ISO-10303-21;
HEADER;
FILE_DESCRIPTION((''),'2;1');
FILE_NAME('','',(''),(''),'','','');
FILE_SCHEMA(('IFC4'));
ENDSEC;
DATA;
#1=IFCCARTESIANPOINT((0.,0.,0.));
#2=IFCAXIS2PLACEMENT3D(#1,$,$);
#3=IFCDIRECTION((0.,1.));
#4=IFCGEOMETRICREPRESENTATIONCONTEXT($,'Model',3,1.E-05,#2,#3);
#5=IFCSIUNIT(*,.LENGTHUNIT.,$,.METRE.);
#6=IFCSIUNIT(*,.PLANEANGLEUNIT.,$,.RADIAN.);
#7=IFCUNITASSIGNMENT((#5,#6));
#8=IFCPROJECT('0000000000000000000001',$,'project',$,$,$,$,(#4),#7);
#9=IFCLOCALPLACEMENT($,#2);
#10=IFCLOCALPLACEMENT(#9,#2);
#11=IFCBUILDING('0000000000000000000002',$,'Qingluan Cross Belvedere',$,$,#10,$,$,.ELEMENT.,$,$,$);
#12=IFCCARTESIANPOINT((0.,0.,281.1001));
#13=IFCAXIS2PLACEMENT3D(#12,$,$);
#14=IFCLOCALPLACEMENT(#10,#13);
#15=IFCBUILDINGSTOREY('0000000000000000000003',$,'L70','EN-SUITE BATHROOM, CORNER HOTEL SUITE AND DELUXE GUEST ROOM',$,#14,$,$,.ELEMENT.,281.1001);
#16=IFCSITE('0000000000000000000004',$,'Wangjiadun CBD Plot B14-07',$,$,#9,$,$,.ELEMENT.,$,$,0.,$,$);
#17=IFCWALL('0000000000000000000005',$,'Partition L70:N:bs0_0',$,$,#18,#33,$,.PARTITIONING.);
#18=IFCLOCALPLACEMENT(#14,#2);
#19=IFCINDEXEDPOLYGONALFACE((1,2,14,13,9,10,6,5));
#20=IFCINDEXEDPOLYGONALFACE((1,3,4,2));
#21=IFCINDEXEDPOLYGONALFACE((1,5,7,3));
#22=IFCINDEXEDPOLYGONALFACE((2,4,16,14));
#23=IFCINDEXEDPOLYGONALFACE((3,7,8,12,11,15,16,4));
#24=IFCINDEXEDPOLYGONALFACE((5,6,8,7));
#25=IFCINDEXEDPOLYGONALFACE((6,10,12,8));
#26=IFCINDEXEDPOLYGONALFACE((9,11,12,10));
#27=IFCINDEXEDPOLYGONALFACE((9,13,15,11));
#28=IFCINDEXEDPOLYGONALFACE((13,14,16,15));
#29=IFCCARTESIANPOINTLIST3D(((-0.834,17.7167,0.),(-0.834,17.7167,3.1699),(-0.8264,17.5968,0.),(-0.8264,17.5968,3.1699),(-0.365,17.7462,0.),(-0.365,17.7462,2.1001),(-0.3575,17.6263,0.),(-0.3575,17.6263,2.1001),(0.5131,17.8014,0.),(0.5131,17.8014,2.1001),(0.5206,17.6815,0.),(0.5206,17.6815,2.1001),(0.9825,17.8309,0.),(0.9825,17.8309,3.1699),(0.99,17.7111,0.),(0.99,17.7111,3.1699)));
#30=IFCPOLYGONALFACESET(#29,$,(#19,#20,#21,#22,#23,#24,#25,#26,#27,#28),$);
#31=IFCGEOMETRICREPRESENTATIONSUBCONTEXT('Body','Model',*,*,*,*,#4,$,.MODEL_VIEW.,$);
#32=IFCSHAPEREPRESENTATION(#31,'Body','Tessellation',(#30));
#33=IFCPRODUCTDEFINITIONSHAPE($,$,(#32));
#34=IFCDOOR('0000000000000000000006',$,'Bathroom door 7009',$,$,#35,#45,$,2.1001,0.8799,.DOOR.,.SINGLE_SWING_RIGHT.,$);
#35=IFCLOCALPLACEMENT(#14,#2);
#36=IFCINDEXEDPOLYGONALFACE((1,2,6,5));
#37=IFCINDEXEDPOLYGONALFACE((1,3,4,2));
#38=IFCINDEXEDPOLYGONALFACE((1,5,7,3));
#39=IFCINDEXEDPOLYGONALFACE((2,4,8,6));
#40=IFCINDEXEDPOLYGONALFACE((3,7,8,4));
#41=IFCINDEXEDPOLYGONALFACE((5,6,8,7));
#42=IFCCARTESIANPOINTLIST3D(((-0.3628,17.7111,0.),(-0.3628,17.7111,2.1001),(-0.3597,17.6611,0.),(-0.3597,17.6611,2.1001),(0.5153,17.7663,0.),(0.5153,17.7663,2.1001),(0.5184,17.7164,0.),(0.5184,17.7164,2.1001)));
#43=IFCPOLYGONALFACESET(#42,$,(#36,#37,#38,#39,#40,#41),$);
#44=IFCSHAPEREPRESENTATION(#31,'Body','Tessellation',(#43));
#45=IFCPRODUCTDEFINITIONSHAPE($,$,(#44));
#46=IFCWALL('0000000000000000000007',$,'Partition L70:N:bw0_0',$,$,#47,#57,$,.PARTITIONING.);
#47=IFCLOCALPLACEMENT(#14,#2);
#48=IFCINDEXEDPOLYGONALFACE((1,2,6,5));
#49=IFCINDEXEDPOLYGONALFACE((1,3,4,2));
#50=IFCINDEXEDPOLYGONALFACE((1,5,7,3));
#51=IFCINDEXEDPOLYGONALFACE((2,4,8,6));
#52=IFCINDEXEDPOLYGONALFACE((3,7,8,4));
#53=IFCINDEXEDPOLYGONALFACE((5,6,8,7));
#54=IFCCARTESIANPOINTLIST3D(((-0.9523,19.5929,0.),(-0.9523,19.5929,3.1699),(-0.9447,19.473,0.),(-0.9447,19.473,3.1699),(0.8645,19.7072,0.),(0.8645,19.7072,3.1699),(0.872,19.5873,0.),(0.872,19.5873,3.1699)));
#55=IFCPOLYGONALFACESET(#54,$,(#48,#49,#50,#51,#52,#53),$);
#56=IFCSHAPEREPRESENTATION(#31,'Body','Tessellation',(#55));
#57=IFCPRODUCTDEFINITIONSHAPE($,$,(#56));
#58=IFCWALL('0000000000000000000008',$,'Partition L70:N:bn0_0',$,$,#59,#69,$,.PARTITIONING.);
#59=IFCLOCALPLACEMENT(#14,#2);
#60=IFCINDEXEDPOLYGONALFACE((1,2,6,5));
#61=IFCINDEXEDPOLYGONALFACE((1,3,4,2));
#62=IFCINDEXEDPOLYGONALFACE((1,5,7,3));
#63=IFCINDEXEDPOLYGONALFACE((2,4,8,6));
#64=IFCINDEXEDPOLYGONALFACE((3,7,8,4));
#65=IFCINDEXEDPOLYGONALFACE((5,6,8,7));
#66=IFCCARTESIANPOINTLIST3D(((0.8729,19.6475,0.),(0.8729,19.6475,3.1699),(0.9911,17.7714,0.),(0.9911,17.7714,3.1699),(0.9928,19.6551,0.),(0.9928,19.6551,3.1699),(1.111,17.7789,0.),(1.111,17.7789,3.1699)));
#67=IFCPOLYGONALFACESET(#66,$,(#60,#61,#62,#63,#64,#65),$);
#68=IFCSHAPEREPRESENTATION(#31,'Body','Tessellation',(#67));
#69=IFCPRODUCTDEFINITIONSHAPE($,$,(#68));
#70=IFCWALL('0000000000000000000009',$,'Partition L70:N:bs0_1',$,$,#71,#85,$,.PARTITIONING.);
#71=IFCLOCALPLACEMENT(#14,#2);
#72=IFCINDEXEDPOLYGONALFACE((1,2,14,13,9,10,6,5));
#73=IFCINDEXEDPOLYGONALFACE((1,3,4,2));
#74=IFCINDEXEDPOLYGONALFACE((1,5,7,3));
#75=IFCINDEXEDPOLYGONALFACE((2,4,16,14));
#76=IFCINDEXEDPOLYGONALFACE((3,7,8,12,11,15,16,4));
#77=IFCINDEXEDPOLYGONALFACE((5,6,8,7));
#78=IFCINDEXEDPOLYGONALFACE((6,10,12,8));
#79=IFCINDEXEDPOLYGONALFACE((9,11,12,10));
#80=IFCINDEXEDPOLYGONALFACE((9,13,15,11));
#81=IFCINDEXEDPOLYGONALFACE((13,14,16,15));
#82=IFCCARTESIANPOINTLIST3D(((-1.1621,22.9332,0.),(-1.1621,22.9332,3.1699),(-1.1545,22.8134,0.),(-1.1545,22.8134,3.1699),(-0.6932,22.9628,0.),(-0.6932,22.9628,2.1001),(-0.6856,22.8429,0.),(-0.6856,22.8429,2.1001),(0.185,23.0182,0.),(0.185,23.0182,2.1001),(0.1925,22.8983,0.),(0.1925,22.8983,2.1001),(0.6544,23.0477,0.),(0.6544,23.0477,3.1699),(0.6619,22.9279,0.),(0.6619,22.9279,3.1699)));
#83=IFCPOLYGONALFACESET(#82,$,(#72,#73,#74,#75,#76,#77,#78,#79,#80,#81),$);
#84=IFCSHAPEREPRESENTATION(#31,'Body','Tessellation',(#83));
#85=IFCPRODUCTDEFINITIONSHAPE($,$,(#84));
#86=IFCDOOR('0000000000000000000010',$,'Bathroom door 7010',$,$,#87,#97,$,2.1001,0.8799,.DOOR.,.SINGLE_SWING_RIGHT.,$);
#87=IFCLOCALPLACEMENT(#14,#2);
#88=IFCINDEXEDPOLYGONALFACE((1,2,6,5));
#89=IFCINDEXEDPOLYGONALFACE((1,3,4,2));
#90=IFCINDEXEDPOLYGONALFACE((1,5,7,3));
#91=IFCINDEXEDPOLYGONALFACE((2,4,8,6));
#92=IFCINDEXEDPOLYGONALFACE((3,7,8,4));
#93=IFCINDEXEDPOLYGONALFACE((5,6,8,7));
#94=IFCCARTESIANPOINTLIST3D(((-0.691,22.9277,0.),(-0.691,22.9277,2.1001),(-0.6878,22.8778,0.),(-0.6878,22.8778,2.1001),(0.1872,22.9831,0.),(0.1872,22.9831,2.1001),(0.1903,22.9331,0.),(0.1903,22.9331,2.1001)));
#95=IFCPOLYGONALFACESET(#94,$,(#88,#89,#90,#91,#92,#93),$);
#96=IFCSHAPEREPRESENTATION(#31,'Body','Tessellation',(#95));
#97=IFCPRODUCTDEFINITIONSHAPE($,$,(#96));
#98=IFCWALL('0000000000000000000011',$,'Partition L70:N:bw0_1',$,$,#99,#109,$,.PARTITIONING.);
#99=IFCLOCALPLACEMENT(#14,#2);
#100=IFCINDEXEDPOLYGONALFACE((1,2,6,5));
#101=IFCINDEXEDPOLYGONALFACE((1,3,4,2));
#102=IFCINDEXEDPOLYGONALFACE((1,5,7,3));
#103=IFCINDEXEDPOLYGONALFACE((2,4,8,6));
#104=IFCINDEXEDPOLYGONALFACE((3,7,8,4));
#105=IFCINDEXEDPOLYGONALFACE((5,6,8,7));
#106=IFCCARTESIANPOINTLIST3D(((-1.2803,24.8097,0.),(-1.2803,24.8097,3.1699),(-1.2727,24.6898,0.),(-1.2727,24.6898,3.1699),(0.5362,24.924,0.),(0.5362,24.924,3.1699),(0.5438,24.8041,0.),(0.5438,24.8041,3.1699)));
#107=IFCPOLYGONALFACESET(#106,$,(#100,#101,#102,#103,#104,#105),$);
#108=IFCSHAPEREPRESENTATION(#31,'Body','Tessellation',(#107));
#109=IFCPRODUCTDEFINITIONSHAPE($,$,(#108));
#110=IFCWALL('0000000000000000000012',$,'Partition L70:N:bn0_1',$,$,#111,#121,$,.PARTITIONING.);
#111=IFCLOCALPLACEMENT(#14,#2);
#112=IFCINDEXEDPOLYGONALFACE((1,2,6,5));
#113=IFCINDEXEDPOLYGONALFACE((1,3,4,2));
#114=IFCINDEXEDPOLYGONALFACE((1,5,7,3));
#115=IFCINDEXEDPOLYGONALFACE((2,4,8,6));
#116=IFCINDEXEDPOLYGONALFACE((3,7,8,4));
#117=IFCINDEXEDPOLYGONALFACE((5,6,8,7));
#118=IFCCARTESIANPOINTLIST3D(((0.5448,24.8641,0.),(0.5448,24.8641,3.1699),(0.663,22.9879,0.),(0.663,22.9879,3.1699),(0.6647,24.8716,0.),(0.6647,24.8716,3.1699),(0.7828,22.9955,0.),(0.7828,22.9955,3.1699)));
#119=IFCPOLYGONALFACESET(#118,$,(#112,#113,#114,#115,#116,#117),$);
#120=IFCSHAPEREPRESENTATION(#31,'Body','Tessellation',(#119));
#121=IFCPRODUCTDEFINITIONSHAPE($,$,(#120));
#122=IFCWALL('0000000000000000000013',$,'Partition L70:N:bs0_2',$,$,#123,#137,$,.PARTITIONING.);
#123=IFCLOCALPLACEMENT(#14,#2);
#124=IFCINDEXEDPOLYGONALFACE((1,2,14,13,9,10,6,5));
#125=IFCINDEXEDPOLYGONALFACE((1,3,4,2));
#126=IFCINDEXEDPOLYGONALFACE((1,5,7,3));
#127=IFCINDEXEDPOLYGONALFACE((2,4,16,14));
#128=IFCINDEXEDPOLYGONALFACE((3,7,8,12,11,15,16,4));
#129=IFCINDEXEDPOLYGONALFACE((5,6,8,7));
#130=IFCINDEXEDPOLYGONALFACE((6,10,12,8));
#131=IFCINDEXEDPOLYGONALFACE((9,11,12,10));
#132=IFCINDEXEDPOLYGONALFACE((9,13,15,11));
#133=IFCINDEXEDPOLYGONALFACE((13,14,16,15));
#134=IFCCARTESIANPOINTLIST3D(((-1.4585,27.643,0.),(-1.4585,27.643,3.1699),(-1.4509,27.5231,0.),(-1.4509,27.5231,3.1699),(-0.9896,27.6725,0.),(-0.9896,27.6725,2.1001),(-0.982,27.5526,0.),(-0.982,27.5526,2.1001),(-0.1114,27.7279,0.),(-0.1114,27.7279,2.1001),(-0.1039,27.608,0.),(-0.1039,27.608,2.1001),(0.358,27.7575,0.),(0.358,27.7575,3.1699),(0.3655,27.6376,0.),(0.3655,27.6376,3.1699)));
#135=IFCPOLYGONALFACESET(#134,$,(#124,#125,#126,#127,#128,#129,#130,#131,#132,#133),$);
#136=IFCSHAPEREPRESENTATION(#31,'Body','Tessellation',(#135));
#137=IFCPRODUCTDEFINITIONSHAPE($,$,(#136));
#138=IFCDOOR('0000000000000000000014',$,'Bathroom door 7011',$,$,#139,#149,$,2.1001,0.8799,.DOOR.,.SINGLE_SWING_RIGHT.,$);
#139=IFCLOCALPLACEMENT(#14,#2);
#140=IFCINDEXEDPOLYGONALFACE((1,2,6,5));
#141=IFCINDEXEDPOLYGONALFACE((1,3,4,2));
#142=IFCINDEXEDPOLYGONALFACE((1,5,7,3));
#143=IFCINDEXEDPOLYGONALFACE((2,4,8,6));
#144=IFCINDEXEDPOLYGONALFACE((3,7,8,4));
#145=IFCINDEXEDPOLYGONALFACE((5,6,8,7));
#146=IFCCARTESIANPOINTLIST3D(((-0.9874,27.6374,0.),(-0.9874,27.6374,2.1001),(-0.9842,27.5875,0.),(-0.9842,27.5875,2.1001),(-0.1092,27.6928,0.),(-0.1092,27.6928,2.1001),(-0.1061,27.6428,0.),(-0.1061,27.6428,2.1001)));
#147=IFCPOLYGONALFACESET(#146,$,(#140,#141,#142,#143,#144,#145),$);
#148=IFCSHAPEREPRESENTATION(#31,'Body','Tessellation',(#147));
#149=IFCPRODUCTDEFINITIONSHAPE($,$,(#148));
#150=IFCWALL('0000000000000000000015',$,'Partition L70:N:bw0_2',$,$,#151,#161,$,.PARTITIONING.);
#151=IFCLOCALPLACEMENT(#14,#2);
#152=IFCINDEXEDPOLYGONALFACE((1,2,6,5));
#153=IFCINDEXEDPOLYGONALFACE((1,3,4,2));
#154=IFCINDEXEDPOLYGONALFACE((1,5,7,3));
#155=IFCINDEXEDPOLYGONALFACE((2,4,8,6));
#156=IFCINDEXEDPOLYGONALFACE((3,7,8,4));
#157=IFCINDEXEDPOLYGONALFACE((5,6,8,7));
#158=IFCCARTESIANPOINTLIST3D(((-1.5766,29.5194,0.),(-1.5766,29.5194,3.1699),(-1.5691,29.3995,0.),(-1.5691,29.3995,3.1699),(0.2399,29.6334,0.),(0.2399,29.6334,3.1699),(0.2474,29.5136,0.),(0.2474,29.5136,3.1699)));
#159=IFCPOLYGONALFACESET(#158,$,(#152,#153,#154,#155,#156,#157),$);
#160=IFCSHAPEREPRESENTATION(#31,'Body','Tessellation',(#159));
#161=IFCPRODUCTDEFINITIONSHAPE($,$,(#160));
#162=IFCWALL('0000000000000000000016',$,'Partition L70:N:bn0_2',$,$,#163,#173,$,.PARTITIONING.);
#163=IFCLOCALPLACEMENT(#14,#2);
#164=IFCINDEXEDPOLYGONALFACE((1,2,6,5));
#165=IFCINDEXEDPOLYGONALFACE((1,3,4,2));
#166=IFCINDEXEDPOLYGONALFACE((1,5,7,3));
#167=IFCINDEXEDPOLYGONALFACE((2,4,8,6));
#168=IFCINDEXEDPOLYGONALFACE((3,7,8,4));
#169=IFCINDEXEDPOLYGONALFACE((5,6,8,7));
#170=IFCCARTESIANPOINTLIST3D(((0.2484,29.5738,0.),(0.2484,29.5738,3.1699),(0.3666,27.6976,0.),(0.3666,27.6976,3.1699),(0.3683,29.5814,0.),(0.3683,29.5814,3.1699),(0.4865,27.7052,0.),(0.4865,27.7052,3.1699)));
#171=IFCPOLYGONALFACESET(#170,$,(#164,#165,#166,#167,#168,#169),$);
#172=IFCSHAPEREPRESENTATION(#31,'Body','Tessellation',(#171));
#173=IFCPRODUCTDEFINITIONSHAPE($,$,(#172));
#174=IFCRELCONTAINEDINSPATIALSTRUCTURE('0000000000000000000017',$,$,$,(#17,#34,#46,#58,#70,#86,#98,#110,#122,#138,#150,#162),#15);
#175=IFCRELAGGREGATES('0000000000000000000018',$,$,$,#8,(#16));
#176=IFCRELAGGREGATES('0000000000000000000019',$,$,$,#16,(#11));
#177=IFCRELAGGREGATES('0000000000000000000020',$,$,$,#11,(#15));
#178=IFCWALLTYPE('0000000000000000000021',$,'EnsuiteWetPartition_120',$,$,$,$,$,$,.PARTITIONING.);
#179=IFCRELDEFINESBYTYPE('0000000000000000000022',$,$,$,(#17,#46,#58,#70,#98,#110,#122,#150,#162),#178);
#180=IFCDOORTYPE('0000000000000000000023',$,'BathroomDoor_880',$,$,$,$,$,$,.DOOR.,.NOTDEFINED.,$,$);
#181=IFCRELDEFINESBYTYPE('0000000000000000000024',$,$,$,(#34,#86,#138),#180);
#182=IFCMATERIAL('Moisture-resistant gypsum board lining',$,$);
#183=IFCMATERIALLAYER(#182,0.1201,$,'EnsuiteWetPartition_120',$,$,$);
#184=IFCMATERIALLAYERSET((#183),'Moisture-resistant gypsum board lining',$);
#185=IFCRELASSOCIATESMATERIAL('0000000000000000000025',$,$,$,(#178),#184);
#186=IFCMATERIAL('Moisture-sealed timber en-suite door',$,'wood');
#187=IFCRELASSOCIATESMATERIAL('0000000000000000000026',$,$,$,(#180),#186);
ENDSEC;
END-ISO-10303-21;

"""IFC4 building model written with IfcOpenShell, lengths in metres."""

from ifc_helpers import new_model, si_unit, direction, frame, frame_2d, origin, place, context, subcontext, project, spatial, rectangle, extrude, material, layer, layer_set, type_object, element, fill, save


model = new_model("IFC4")

# Units and contexts
model_context = context("Model", 3, precision=1e-05, world=origin(), true_north=direction((0.0, 1.0)))
body_context = subcontext(model_context, "Body", "Model", "MODEL_VIEW")
ifc_project = project(units=[si_unit("LENGTHUNIT", "METRE"), si_unit("PLANEANGLEUNIT", "RADIAN")], contexts=[model_context])

# Site, building, storey
site_placement = place(None, origin())
site = spatial("IfcSite", under=ifc_project, at=site_placement, Name="Wangjiadun CBD Plot B14-07", CompositionType="ELEMENT", RefElevation=0.0)
building_placement = place(site_placement, origin())
building = spatial("IfcBuilding", under=site, at=building_placement, Name="Qingluan Cross Belvedere", CompositionType="ELEMENT")
storey_placement = place(building_placement, frame((0.0, 0.0, 281.1001)))
storey = spatial("IfcBuildingStorey", under=building, at=storey_placement, Name="L70", Description="EN-SUITE BATHROOM, CORNER HOTEL SUITE AND DELUXE GUEST ROOM", CompositionType="ELEMENT", Elevation=281.1001)

# Wall, opening, door
ifc_material_1 = material(Name="Moisture-resistant gypsum board lining")
ifc_layer_1 = layer(ifc_material_1, 0.1201, Name="EnsuiteWetPartition_120")
ifc_layer_set_1 = layer_set([ifc_layer_1], Name="Moisture-resistant gypsum board lining")
wall_type_1 = type_object("IfcWallType", Name="EnsuiteWetPartition_120", PredefinedType="PARTITIONING", material=ifc_layer_set_1)
wall_1_placement = place(storey_placement, frame((-0.8303, 17.6567, 0.0), z_axis=(0.0, 0.0, 1.0), x_axis=(0.998027, 0.062779, 0.0)))
wall_1 = element("IfcWall", 1, at=wall_1_placement, inside=storey, type_object=wall_type_1, Name="Partition L70:N:bs0_0", PredefinedType="PARTITIONING", context=body_context, shape_type="SweptSolid", body=[
    extrude(rectangle(XDim=1.8201, YDim=0.1201, at=frame_2d((0.9102, 0.0))), origin(), (0.0, 0.0, 1.0), 3.1699),
])
opening_1_placement = place(wall_1_placement, frame((0.47, 0.0, 0.0)))
opening_1 = element("IfcOpeningElement", 2, at=opening_1_placement, cuts=wall_1, PredefinedType="OPENING", context=body_context, shape_type="SweptSolid", body=[
    extrude(rectangle(XDim=0.8799, YDim=2.1001, at=frame_2d((0.4399, 1.05))), frame((0.0, 0.0701, 0.0), z_axis=(0.0, -1.0, 0.0), x_axis=(1.0, 0.0, 0.0)), (0.0, 0.0, 1.0), 0.1401),
])
ifc_material_2 = material(Name="Moisture-sealed timber en-suite door", Category="wood")
door_type = type_object("IfcDoorType", Name="BathroomDoor_880", OperationType="NOTDEFINED", PredefinedType="DOOR", material=ifc_material_2)
door_1_placement = place(opening_1_placement, origin())
door_1 = element("IfcDoor", 3, at=door_1_placement, inside=storey, type_object=door_type, Name="Bathroom door 7009", OperationType="SINGLE_SWING_RIGHT", OverallHeight=2.1001, OverallWidth=0.8799, PredefinedType="DOOR", context=body_context, shape_type="SweptSolid", body=[
    extrude(rectangle(XDim=0.8799, YDim=2.1001, at=frame_2d((0.4399, 1.05))), frame((0.0, 0.0249, 0.0), z_axis=(0.0, -1.0, 0.0), x_axis=(1.0, 0.0, 0.0)), (0.0, 0.0, 1.0), 0.05),
])
fill(opening_1, door_1)

# Walls
wall_2_placement = place(storey_placement, frame((-0.9485, 19.533, 0.0), z_axis=(0.0, 0.0, 1.0), x_axis=(0.998028, 0.062771, 0.0)))
element("IfcWall", 4, at=wall_2_placement, inside=storey, type_object=wall_type_1, Name="Partition L70:N:bw0_0", PredefinedType="PARTITIONING", context=body_context, shape_type="SweptSolid", body=[
    extrude(rectangle(XDim=1.8203, YDim=0.1201, at=frame_2d((0.9102, 0.0))), origin(), (0.0, 0.0, 1.0), 3.1699),
])
wall_3_placement = place(storey_placement, frame((1.051, 17.7751, 0.0), z_axis=(0.0, 0.0, 1.0), x_axis=(-0.062855, 0.998023, 0.0)))
element("IfcWall", 5, at=wall_3_placement, inside=storey, type_object=wall_type_1, Name="Partition L70:N:bn0_0", PredefinedType="PARTITIONING", context=body_context, shape_type="SweptSolid", body=[
    extrude(rectangle(XDim=1.8799, YDim=0.1201, at=frame_2d((0.9399, 0.0))), origin(), (0.0, 0.0, 1.0), 3.1699),
])

# Wall, opening, door
wall_4_placement = place(storey_placement, frame((-1.1584, 22.8733, 0.0), z_axis=(0.0, 0.0, 1.0), x_axis=(0.998019, 0.062913, 0.0)))
wall_4 = element("IfcWall", 6, at=wall_4_placement, inside=storey, type_object=wall_type_1, Name="Partition L70:N:bs0_1", PredefinedType="PARTITIONING", context=body_context, shape_type="SweptSolid", body=[
    extrude(rectangle(XDim=1.8201, YDim=0.1201, at=frame_2d((0.9102, 0.0))), origin(), (0.0, 0.0, 1.0), 3.1699),
])
opening_2_placement = place(wall_4_placement, frame((0.47, 0.0, 0.0)))
opening_2 = element("IfcOpeningElement", 7, at=opening_2_placement, cuts=wall_4, PredefinedType="OPENING", context=body_context, shape_type="SweptSolid", body=[
    extrude(rectangle(XDim=0.8799, YDim=2.1001, at=frame_2d((0.4399, 1.05))), frame((0.0, 0.0701, 0.0), z_axis=(0.0, -1.0, 0.0), x_axis=(1.0, 0.0, 0.0)), (0.0, 0.0, 1.0), 0.1401),
])
door_2_placement = place(opening_2_placement, origin())
door_2 = element("IfcDoor", 8, at=door_2_placement, inside=storey, type_object=door_type, Name="Bathroom door 7010", OperationType="SINGLE_SWING_RIGHT", OverallHeight=2.1001, OverallWidth=0.8799, PredefinedType="DOOR", context=body_context, shape_type="SweptSolid", body=[
    extrude(rectangle(XDim=0.8799, YDim=2.1001, at=frame_2d((0.4399, 1.05))), frame((0.0, 0.0249, 0.0), z_axis=(0.0, -1.0, 0.0), x_axis=(1.0, 0.0, 0.0)), (0.0, 0.0, 1.0), 0.05),
])
fill(opening_2, door_2)

# Walls
wall_5_placement = place(storey_placement, frame((-1.2766, 24.7498, 0.0), z_axis=(0.0, 0.0, 1.0), x_axis=(0.998027, 0.062779, 0.0)))
element("IfcWall", 9, at=wall_5_placement, inside=storey, type_object=wall_type_1, Name="Partition L70:N:bw0_1", PredefinedType="PARTITIONING", context=body_context, shape_type="SweptSolid", body=[
    extrude(rectangle(XDim=1.8201, YDim=0.1201, at=frame_2d((0.9102, 0.0))), origin(), (0.0, 0.0, 1.0), 3.1699),
])
wall_6_placement = place(storey_placement, frame((0.7229, 22.9917, 0.0), z_axis=(0.0, 0.0, 1.0), x_axis=(-0.062855, 0.998023, 0.0)))
element("IfcWall", 10, at=wall_6_placement, inside=storey, type_object=wall_type_1, Name="Partition L70:N:bn0_1", PredefinedType="PARTITIONING", context=body_context, shape_type="SweptSolid", body=[
    extrude(rectangle(XDim=1.8799, YDim=0.1201, at=frame_2d((0.9399, 0.0))), origin(), (0.0, 0.0, 1.0), 3.1699),
])

# Wall, opening, door
wall_7_placement = place(storey_placement, frame((-1.4548, 27.583, 0.0), z_axis=(0.0, 0.0, 1.0), x_axis=(0.998019, 0.062913, 0.0)))
wall_7 = element("IfcWall", 11, at=wall_7_placement, inside=storey, type_object=wall_type_1, Name="Partition L70:N:bs0_2", PredefinedType="PARTITIONING", context=body_context, shape_type="SweptSolid", body=[
    extrude(rectangle(XDim=1.8201, YDim=0.1201, at=frame_2d((0.9102, 0.0))), origin(), (0.0, 0.0, 1.0), 3.1699),
])
opening_3_placement = place(wall_7_placement, frame((0.47, 0.0, 0.0)))
opening_3 = element("IfcOpeningElement", 12, at=opening_3_placement, cuts=wall_7, PredefinedType="OPENING", context=body_context, shape_type="SweptSolid", body=[
    extrude(rectangle(XDim=0.8799, YDim=2.1001, at=frame_2d((0.4399, 1.05))), frame((0.0, 0.0701, 0.0), z_axis=(0.0, -1.0, 0.0), x_axis=(1.0, 0.0, 0.0)), (0.0, 0.0, 1.0), 0.1401),
])
door_3_placement = place(opening_3_placement, origin())
door_3 = element("IfcDoor", 13, at=door_3_placement, inside=storey, type_object=door_type, Name="Bathroom door 7011", OperationType="SINGLE_SWING_RIGHT", OverallHeight=2.1001, OverallWidth=0.8799, PredefinedType="DOOR", context=body_context, shape_type="SweptSolid", body=[
    extrude(rectangle(XDim=0.8799, YDim=2.1001, at=frame_2d((0.4399, 1.05))), frame((0.0, 0.0249, 0.0), z_axis=(0.0, -1.0, 0.0), x_axis=(1.0, 0.0, 0.0)), (0.0, 0.0, 1.0), 0.05),
])
fill(opening_3, door_3)

# Walls
wall_8_placement = place(storey_placement, frame((-1.573, 29.4595, 0.0), z_axis=(0.0, 0.0, 1.0), x_axis=(0.998036, 0.062646, 0.0)))
element("IfcWall", 14, at=wall_8_placement, inside=storey, type_object=wall_type_1, Name="Partition L70:N:bw0_2", PredefinedType="PARTITIONING", context=body_context, shape_type="SweptSolid", body=[
    extrude(rectangle(XDim=1.8201, YDim=0.1201, at=frame_2d((0.9102, 0.0))), origin(), (0.0, 0.0, 1.0), 3.1699),
])
wall_9_placement = place(storey_placement, frame((0.4265, 27.7014, 0.0), z_axis=(0.0, 0.0, 1.0), x_axis=(-0.062855, 0.998023, 0.0)))
element("IfcWall", 15, at=wall_9_placement, inside=storey, type_object=wall_type_1, Name="Partition L70:N:bn0_2", PredefinedType="PARTITIONING", context=body_context, shape_type="SweptSolid", body=[
    extrude(rectangle(XDim=1.8799, YDim=0.1201, at=frame_2d((0.9399, 0.0))), origin(), (0.0, 0.0, 1.0), 3.1699),
])

save(model, "model.ifc")
